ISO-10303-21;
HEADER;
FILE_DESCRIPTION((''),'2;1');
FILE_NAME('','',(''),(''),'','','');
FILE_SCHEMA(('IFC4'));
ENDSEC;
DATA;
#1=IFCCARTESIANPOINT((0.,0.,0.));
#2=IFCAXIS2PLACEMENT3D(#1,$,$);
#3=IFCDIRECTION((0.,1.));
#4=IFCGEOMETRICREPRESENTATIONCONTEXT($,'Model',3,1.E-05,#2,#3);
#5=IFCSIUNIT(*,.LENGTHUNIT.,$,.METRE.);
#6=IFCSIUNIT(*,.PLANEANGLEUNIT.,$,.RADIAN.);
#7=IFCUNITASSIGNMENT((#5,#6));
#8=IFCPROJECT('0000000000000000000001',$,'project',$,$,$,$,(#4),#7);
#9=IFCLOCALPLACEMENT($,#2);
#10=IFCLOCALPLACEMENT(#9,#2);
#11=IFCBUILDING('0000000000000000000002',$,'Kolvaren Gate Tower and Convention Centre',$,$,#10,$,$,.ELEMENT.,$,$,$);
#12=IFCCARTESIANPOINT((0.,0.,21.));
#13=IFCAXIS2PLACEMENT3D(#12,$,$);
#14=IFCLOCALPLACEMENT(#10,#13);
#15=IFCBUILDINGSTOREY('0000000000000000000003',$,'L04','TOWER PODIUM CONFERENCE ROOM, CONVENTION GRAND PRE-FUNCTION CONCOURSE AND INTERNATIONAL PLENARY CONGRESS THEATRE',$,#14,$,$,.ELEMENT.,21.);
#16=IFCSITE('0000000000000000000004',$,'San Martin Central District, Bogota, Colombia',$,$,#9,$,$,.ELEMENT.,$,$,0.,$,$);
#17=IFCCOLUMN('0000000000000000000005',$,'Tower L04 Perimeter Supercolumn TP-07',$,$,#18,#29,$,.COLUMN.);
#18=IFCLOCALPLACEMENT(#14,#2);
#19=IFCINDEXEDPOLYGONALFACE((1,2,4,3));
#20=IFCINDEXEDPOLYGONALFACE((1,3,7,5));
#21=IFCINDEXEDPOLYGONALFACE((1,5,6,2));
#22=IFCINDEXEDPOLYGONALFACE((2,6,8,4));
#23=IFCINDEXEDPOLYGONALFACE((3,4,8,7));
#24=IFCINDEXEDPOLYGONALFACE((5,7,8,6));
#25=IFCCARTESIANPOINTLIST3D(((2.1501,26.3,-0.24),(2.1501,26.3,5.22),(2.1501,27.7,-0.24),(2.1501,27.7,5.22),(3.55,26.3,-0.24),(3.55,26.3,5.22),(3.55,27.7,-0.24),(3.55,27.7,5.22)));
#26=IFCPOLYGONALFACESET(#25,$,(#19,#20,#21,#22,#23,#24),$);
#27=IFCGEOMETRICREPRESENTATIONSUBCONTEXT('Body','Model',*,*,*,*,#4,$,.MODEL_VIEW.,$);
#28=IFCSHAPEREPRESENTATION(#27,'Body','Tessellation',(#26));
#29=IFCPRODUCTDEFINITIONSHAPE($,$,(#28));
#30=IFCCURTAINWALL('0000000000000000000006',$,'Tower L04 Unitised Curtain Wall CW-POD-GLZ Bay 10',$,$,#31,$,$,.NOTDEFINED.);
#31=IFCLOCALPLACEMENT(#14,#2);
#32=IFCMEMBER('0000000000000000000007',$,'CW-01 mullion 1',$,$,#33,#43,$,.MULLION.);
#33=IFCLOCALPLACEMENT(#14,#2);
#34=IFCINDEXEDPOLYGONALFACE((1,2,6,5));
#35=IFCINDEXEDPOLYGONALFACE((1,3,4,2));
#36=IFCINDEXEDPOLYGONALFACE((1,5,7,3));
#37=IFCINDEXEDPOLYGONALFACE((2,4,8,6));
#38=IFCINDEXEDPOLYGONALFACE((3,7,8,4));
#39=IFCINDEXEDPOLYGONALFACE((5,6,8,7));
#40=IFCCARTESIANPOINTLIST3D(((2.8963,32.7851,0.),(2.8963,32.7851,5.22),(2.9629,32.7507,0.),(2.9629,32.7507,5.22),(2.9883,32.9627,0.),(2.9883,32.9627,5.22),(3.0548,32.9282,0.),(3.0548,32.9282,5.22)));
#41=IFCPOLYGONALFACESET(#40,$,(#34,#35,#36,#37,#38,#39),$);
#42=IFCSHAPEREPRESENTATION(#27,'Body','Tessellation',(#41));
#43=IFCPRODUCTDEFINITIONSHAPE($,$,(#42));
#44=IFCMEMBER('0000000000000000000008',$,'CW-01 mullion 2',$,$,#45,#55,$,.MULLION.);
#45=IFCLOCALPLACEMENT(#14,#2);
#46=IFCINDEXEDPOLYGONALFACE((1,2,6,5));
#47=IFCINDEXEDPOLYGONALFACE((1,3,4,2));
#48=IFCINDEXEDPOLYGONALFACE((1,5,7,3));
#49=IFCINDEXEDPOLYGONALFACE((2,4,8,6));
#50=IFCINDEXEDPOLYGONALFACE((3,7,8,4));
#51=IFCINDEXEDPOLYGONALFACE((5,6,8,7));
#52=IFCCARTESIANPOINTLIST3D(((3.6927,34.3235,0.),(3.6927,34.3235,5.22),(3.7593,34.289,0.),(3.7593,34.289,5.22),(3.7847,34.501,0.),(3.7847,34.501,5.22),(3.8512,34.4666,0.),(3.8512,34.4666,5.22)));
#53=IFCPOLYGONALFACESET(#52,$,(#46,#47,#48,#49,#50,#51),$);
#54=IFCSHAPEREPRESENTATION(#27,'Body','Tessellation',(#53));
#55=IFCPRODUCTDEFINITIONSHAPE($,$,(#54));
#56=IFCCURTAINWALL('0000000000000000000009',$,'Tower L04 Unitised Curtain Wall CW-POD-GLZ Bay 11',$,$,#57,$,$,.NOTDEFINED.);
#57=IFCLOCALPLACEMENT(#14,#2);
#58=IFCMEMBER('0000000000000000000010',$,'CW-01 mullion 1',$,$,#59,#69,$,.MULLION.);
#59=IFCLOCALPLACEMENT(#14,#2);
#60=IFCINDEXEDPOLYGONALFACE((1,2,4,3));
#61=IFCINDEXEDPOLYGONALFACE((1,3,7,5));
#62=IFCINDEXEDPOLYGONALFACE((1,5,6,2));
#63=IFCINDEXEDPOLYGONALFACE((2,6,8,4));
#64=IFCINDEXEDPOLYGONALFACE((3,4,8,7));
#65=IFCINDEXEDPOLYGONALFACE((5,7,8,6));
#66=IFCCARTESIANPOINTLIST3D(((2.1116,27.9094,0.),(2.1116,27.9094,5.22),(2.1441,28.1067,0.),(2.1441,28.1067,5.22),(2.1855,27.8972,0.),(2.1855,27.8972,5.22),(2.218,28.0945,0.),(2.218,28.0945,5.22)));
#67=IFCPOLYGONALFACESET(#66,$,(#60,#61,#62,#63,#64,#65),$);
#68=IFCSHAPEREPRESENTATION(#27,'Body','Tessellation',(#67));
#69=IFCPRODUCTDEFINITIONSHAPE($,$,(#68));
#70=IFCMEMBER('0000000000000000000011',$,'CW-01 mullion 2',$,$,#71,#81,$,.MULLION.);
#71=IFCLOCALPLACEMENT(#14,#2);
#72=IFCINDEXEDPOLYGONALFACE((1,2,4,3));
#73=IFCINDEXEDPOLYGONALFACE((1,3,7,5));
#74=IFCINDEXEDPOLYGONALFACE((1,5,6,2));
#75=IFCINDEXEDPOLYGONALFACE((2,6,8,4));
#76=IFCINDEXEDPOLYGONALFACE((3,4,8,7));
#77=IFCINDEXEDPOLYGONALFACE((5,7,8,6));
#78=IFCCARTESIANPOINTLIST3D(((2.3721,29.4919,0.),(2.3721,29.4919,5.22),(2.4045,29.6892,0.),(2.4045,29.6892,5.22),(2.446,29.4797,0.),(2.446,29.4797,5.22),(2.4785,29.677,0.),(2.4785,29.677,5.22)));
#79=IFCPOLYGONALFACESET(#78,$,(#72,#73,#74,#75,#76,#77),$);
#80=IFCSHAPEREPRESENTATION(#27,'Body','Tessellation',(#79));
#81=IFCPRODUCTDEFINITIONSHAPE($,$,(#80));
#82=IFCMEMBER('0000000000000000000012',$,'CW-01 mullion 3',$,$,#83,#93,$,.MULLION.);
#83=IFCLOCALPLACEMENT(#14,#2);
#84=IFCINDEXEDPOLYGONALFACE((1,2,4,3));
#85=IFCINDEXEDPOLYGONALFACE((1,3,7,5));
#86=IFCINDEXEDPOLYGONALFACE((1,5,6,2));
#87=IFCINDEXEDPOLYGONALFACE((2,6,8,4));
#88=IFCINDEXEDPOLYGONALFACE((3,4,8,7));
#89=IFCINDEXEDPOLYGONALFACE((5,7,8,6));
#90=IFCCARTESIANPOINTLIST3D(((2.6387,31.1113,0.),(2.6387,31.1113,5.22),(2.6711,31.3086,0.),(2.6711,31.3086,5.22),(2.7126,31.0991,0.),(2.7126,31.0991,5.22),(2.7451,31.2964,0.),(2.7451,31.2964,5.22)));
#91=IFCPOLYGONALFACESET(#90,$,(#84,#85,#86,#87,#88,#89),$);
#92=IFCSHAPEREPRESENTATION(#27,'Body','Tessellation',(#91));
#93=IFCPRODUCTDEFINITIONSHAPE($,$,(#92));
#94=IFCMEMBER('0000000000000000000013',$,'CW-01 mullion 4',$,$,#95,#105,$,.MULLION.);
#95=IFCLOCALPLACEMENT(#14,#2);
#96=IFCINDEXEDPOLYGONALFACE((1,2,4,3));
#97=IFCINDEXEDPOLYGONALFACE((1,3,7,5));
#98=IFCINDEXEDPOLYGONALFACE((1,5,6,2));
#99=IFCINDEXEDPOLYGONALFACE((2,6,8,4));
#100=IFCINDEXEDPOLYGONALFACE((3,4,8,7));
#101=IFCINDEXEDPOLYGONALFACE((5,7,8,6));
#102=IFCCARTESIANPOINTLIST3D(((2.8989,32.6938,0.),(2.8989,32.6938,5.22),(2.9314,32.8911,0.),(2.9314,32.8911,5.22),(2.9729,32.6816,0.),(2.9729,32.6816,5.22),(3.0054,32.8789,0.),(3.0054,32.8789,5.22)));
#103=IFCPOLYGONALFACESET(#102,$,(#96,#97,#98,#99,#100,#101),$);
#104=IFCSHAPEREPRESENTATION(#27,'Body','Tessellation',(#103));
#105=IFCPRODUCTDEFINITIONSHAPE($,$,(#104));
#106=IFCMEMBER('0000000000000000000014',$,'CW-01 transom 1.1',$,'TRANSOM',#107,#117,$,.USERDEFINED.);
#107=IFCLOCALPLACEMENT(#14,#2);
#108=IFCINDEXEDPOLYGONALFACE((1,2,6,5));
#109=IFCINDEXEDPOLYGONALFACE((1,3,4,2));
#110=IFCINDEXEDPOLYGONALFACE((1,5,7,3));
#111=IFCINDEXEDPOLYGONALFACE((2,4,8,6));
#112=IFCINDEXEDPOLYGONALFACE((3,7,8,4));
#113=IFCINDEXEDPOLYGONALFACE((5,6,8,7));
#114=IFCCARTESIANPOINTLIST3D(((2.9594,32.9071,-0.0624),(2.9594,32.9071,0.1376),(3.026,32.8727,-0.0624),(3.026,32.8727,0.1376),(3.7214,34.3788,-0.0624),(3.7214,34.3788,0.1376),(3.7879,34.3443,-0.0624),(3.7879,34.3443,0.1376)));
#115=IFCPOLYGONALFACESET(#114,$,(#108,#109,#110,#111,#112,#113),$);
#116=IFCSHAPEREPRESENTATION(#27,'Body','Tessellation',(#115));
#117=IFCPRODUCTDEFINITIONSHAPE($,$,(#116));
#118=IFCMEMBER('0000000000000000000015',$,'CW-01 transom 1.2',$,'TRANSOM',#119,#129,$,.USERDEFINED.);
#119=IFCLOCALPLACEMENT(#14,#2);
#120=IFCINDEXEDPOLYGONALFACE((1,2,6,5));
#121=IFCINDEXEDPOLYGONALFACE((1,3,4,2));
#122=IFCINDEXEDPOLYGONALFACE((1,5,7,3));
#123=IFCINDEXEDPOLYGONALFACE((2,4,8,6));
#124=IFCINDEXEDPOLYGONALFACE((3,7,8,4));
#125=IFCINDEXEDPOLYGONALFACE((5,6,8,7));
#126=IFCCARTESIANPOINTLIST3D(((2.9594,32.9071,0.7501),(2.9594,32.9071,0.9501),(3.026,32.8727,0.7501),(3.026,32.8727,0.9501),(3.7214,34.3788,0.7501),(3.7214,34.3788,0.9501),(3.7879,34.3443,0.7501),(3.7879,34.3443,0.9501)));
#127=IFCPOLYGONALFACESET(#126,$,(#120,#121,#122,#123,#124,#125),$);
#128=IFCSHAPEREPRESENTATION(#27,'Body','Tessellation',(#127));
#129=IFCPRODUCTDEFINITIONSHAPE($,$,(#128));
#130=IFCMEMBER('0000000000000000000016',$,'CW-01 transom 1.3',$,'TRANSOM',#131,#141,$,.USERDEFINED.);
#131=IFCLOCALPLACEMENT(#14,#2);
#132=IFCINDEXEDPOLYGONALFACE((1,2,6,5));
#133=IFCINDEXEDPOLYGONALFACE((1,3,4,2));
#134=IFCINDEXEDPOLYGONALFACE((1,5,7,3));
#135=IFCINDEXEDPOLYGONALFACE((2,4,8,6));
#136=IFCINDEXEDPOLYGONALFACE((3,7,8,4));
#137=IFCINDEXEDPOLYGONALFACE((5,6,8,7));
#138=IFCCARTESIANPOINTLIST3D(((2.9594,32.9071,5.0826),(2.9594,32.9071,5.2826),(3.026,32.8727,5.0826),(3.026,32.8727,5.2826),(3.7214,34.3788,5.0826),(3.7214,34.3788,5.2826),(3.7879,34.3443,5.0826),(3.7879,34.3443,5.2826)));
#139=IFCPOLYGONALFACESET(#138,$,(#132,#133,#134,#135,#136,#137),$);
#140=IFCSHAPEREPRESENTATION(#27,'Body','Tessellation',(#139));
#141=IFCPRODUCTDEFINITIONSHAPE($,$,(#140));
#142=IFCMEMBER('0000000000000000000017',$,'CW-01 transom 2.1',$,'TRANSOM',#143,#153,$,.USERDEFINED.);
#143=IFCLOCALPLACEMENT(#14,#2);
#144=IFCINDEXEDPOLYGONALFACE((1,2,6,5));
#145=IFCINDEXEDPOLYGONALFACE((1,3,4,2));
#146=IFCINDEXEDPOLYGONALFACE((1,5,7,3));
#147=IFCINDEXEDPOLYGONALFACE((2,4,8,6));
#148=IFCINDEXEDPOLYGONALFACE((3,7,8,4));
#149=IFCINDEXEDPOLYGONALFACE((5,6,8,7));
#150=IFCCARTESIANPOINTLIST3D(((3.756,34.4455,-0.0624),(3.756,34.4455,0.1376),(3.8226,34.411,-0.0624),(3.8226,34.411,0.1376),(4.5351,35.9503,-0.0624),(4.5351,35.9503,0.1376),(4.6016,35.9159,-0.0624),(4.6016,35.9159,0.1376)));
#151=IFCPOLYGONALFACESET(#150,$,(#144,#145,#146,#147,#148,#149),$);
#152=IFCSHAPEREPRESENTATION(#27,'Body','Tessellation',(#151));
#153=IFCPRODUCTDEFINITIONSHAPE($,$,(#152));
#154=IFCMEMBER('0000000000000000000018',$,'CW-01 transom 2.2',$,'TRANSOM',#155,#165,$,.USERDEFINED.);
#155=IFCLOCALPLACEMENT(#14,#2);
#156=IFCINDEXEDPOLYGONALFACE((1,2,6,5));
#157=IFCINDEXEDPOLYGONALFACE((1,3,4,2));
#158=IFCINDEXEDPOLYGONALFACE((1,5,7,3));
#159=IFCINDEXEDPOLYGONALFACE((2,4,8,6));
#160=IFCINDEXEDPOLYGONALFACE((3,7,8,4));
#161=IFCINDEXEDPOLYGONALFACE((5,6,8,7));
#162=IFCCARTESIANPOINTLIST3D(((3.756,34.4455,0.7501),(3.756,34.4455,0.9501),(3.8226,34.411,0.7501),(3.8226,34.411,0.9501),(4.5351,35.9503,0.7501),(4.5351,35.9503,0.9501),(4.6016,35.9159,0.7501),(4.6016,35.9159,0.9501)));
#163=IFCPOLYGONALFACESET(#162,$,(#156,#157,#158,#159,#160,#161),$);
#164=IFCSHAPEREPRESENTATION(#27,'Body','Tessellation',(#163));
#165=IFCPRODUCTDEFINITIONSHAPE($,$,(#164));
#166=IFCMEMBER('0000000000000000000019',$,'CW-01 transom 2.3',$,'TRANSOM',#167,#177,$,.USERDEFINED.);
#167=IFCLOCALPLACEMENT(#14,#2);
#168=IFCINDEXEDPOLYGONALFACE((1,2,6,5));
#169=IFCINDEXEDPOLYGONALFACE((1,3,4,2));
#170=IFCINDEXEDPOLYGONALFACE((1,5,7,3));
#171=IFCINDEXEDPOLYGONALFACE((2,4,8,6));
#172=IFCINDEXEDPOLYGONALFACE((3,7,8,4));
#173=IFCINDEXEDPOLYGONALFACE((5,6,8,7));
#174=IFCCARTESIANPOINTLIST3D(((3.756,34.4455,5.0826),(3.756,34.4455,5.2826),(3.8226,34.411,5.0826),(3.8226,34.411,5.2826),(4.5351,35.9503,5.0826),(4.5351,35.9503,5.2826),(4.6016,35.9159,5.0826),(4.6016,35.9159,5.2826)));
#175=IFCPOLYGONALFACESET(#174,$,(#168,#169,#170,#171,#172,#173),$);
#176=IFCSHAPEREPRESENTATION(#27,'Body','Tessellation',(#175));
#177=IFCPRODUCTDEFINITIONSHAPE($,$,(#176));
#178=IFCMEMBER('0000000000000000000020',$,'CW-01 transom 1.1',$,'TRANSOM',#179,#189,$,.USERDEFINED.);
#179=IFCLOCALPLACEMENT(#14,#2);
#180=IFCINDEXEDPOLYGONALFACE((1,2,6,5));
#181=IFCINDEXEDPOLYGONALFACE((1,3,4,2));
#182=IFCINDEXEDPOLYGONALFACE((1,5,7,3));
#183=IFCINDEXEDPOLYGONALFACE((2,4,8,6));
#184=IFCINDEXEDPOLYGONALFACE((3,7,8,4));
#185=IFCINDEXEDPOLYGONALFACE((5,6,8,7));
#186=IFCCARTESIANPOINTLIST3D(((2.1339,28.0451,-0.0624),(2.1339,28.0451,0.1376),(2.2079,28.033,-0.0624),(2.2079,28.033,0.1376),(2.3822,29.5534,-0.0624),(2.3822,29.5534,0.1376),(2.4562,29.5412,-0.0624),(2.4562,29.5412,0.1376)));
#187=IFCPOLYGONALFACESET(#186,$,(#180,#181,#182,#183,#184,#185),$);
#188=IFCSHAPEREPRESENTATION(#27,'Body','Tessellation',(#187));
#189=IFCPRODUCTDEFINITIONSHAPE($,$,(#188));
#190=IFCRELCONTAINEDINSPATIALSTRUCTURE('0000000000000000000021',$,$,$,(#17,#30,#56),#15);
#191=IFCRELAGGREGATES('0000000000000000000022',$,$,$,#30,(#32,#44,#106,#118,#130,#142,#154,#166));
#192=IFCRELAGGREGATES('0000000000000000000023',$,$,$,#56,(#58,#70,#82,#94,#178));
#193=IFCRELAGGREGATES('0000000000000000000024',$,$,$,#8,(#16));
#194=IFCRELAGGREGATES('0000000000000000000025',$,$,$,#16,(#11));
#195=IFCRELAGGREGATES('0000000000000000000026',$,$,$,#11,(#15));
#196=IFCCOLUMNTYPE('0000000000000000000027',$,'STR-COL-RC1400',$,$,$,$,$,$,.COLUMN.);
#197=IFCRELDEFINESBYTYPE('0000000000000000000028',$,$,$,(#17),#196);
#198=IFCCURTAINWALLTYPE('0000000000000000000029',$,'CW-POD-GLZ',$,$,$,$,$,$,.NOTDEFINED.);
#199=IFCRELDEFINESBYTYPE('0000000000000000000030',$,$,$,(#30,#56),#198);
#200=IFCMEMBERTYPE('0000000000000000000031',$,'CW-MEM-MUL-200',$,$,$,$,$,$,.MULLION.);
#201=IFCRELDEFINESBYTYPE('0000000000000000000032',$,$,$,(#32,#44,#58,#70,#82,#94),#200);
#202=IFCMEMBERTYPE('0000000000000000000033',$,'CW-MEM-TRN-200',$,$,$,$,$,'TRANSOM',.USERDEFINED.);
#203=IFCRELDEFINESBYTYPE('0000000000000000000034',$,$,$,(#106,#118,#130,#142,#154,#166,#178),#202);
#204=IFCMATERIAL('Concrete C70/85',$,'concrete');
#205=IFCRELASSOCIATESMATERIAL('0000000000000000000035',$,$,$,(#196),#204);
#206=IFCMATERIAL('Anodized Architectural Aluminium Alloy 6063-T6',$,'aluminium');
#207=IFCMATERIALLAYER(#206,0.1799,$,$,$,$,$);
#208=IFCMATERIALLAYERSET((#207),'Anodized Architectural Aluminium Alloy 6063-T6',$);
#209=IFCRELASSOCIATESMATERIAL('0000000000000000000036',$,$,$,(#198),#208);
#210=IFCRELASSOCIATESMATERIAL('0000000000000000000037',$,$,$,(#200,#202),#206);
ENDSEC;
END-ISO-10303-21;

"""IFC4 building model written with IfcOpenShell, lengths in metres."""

from ifc_helpers import new_model, si_unit, direction, frame, origin, origin_2d, place, context, subcontext, project, spatial, rectangle, extrude, material, layer, layer_set, material_profile, profile_set, type_object, element, aggregate, save


model = new_model("IFC4")

# Units and contexts
model_context = context("Model", 3, precision=1e-05, world=origin(), true_north=direction((0.0, 1.0)))
body_context = subcontext(model_context, "Body", "Model", "MODEL_VIEW")
ifc_project = project(units=[si_unit("LENGTHUNIT", "METRE"), si_unit("PLANEANGLEUNIT", "RADIAN")], contexts=[model_context])

# Site, building, storey
site_placement = place(None, origin())
site = spatial("IfcSite", under=ifc_project, at=site_placement, Name="San Martin Central District, Bogota, Colombia", CompositionType="ELEMENT", RefElevation=0.0)
building_placement = place(site_placement, origin())
building = spatial("IfcBuilding", under=site, at=building_placement, Name="Kolvaren Gate Tower and Convention Centre", CompositionType="ELEMENT")
storey_placement = place(building_placement, frame((0.0, 0.0, 21.0)))
storey = spatial("IfcBuildingStorey", under=building, at=storey_placement, Name="L04", Description="TOWER PODIUM CONFERENCE ROOM, CONVENTION GRAND PRE-FUNCTION CONCOURSE AND INTERNATIONAL PLENARY CONGRESS THEATRE", CompositionType="ELEMENT", Elevation=21.0)

# Column
ifc_material_1 = material(Name="Concrete C70/85", Category="concrete")
ifc_material_profile_1 = material_profile(ifc_material_1, rectangle(XDim=1.3999, YDim=1.3999, at=origin_2d()), Name="RC-COL-1400X1400")
ifc_profile_set_1 = profile_set([ifc_material_profile_1], Name="Concrete C70/85")
column_type = type_object("IfcColumnType", Name="STR-COL-RC1400", PredefinedType="COLUMN", material=ifc_profile_set_1)
column_placement = place(storey_placement, frame((2.8501, 27.0, -0.24), z_axis=(0.0, 0.0, 1.0), x_axis=(1.0, 0.0, 0.0)))
element("IfcColumn", 1, at=column_placement, inside=storey, type_object=column_type, Name="Tower L04 Perimeter Supercolumn TP-07", PredefinedType="COLUMN", context=body_context, shape_type="SweptSolid", body=[
    extrude(rectangle(XDim=1.3999, YDim=1.3999, at=origin_2d()), origin(), (0.0, 0.0, 1.0), 5.46),
])

# Curtain walls, members
ifc_material_2 = material(Name="Anodized Architectural Aluminium Alloy 6063-T6", Category="aluminium")
ifc_layer_1 = layer(ifc_material_2, 0.1799)
ifc_layer_set_1 = layer_set([ifc_layer_1], Name="Anodized Architectural Aluminium Alloy 6063-T6")
curtain_wall_type = type_object("IfcCurtainWallType", Name="CW-POD-GLZ", PredefinedType="NOTDEFINED", material=ifc_layer_set_1)
curtain_wall_1_placement = place(storey_placement, origin())
curtain_wall_1 = element("IfcCurtainWall", 2, at=curtain_wall_1_placement, inside=storey, type_object=curtain_wall_type, Name="Tower L04 Unitised Curtain Wall CW-POD-GLZ Bay 10", PredefinedType="NOTDEFINED")
ifc_material_profile_2 = material_profile(ifc_material_2, rectangle(XDim=0.075, YDim=0.2, at=origin_2d()), Name="CW-MEM-MUL-200")
ifc_profile_set_2 = profile_set([ifc_material_profile_2], Name="Anodized Architectural Aluminium Alloy 6063-T6")
member_type_1 = type_object("IfcMemberType", Name="CW-MEM-MUL-200", PredefinedType="MULLION", material=ifc_profile_set_2)
member_1_placement = place(storey_placement, frame((2.9756, 32.8567, 0.0), z_axis=(0.0, 0.0, 1.0), x_axis=(-0.888028, 0.459789, 0.0)))
member_1 = element("IfcMember", 3, at=member_1_placement, type_object=member_type_1, Name="CW-01 mullion 1", PredefinedType="MULLION", context=body_context, shape_type="SweptSolid", body=[
    extrude(rectangle(XDim=0.075, YDim=0.2, at=origin_2d()), origin(), (0.0, 0.0, 1.0), 5.22),
])
member_2_placement = place(storey_placement, frame((3.772, 34.395, 0.0), z_axis=(0.0, 0.0, 1.0), x_axis=(-0.888028, 0.459789, 0.0)))
member_2 = element("IfcMember", 4, at=member_2_placement, type_object=member_type_1, Name="CW-01 mullion 2", PredefinedType="MULLION", context=body_context, shape_type="SweptSolid", body=[
    extrude(rectangle(XDim=0.075, YDim=0.2, at=origin_2d()), origin(), (0.0, 0.0, 1.0), 5.22),
])
curtain_wall_2_placement = place(storey_placement, origin())
curtain_wall_2 = element("IfcCurtainWall", 5, at=curtain_wall_2_placement, inside=storey, type_object=curtain_wall_type, Name="Tower L04 Unitised Curtain Wall CW-POD-GLZ Bay 11", PredefinedType="NOTDEFINED")
member_3_placement = place(storey_placement, frame((2.1648, 28.002, 0.0), z_axis=(0.0, 0.0, 1.0), x_axis=(-0.986729, 0.162376, 0.0)))
member_3 = element("IfcMember", 6, at=member_3_placement, type_object=member_type_1, Name="CW-01 mullion 1", PredefinedType="MULLION", context=body_context, shape_type="SweptSolid", body=[
    extrude(rectangle(XDim=0.075, YDim=0.2, at=origin_2d()), origin(), (0.0, 0.0, 1.0), 5.22),
])
member_4_placement = place(storey_placement, frame((2.4253, 29.5845, 0.0), z_axis=(0.0, 0.0, 1.0), x_axis=(-0.986729, 0.162376, 0.0)))
member_4 = element("IfcMember", 7, at=member_4_placement, type_object=member_type_1, Name="CW-01 mullion 2", PredefinedType="MULLION", context=body_context, shape_type="SweptSolid", body=[
    extrude(rectangle(XDim=0.075, YDim=0.2, at=origin_2d()), origin(), (0.0, 0.0, 1.0), 5.22),
])
member_5_placement = place(storey_placement, frame((2.6919, 31.2039, 0.0), z_axis=(0.0, 0.0, 1.0), x_axis=(-0.986729, 0.162376, 0.0)))
member_5 = element("IfcMember", 8, at=member_5_placement, type_object=member_type_1, Name="CW-01 mullion 3", PredefinedType="MULLION", context=body_context, shape_type="SweptSolid", body=[
    extrude(rectangle(XDim=0.075, YDim=0.2, at=origin_2d()), origin(), (0.0, 0.0, 1.0), 5.22),
])
member_6_placement = place(storey_placement, frame((2.9521, 32.7864, 0.0), z_axis=(0.0, 0.0, 1.0), x_axis=(-0.986729, 0.162376, 0.0)))
member_6 = element("IfcMember", 9, at=member_6_placement, type_object=member_type_1, Name="CW-01 mullion 4", PredefinedType="MULLION", context=body_context, shape_type="SweptSolid", body=[
    extrude(rectangle(XDim=0.075, YDim=0.2, at=origin_2d()), origin(), (0.0, 0.0, 1.0), 5.22),
])

# Members
ifc_material_profile_3 = material_profile(ifc_material_2, rectangle(XDim=0.075, YDim=0.2, at=origin_2d()), Name="CW-MEM-TRN-200")
ifc_profile_set_3 = profile_set([ifc_material_profile_3], Name="Anodized Architectural Aluminium Alloy 6063-T6")
member_type_2 = type_object("IfcMemberType", Name="CW-MEM-TRN-200", ElementType="TRANSOM", PredefinedType="USERDEFINED", material=ifc_profile_set_3)
member_7_placement = place(storey_placement, frame((2.9927, 32.8899, 0.0376), z_axis=(0.45978, 0.888033, 0.0), x_axis=(-0.888033, 0.45978, 0.0)))
member_7 = element("IfcMember", 10, at=member_7_placement, type_object=member_type_2, Name="CW-01 transom 1.1", ObjectType="TRANSOM", PredefinedType="USERDEFINED", context=body_context, shape_type="SweptSolid", body=[
    extrude(rectangle(XDim=0.075, YDim=0.2, at=origin_2d()), origin(), (0.0, 0.0, 1.0), 1.6572),
])
member_8_placement = place(storey_placement, frame((2.9927, 32.8899, 0.8501), z_axis=(0.45978, 0.888033, 0.0), x_axis=(-0.888033, 0.45978, 0.0)))
member_8 = element("IfcMember", 11, at=member_8_placement, type_object=member_type_2, Name="CW-01 transom 1.2", ObjectType="TRANSOM", PredefinedType="USERDEFINED", context=body_context, shape_type="SweptSolid", body=[
    extrude(rectangle(XDim=0.075, YDim=0.2, at=origin_2d()), origin(), (0.0, 0.0, 1.0), 1.6572),
])
member_9_placement = place(storey_placement, frame((2.9927, 32.8899, 5.1826), z_axis=(0.45978, 0.888033, 0.0), x_axis=(-0.888033, 0.45978, 0.0)))
member_9 = element("IfcMember", 12, at=member_9_placement, type_object=member_type_2, Name="CW-01 transom 1.3", ObjectType="TRANSOM", PredefinedType="USERDEFINED", context=body_context, shape_type="SweptSolid", body=[
    extrude(rectangle(XDim=0.075, YDim=0.2, at=origin_2d()), origin(), (0.0, 0.0, 1.0), 1.6572),
])
member_10_placement = place(storey_placement, frame((3.7893, 34.4282, 0.0376), z_axis=(0.459733, 0.888057, 0.0), x_axis=(-0.888057, 0.459733, 0.0)))
member_10 = element("IfcMember", 13, at=member_10_placement, type_object=member_type_2, Name="CW-01 transom 2.1", ObjectType="TRANSOM", PredefinedType="USERDEFINED", context=body_context, shape_type="SweptSolid", body=[
    extrude(rectangle(XDim=0.075, YDim=0.2, at=origin_2d()), origin(), (0.0, 0.0, 1.0), 1.6946),
])
member_11_placement = place(storey_placement, frame((3.7893, 34.4282, 0.8501), z_axis=(0.459733, 0.888057, 0.0), x_axis=(-0.888057, 0.459733, 0.0)))
member_11 = element("IfcMember", 14, at=member_11_placement, type_object=member_type_2, Name="CW-01 transom 2.2", ObjectType="TRANSOM", PredefinedType="USERDEFINED", context=body_context, shape_type="SweptSolid", body=[
    extrude(rectangle(XDim=0.075, YDim=0.2, at=origin_2d()), origin(), (0.0, 0.0, 1.0), 1.6946),
])
member_12_placement = place(storey_placement, frame((3.7893, 34.4282, 5.1826), z_axis=(0.459733, 0.888057, 0.0), x_axis=(-0.888057, 0.459733, 0.0)))
member_12 = element("IfcMember", 15, at=member_12_placement, type_object=member_type_2, Name="CW-01 transom 2.3", ObjectType="TRANSOM", PredefinedType="USERDEFINED", context=body_context, shape_type="SweptSolid", body=[
    extrude(rectangle(XDim=0.075, YDim=0.2, at=origin_2d()), origin(), (0.0, 0.0, 1.0), 1.6946),
])
member_13_placement = place(storey_placement, frame((2.1709, 28.0391, 0.0376), z_axis=(0.16243, 0.98672, 0.0), x_axis=(-0.98672, 0.16243, 0.0)))
member_13 = element("IfcMember", 16, at=member_13_placement, type_object=member_type_2, Name="CW-01 transom 1.1", ObjectType="TRANSOM", PredefinedType="USERDEFINED", context=body_context, shape_type="SweptSolid", body=[
    extrude(rectangle(XDim=0.075, YDim=0.2, at=origin_2d()), origin(), (0.0, 0.0, 1.0), 1.5286),
])

aggregate(curtain_wall_1, [member_1, member_2, member_7, member_8, member_9, member_10, member_11, member_12])
aggregate(curtain_wall_2, [member_3, member_4, member_5, member_6, member_13])

save(model, "model.ifc")
